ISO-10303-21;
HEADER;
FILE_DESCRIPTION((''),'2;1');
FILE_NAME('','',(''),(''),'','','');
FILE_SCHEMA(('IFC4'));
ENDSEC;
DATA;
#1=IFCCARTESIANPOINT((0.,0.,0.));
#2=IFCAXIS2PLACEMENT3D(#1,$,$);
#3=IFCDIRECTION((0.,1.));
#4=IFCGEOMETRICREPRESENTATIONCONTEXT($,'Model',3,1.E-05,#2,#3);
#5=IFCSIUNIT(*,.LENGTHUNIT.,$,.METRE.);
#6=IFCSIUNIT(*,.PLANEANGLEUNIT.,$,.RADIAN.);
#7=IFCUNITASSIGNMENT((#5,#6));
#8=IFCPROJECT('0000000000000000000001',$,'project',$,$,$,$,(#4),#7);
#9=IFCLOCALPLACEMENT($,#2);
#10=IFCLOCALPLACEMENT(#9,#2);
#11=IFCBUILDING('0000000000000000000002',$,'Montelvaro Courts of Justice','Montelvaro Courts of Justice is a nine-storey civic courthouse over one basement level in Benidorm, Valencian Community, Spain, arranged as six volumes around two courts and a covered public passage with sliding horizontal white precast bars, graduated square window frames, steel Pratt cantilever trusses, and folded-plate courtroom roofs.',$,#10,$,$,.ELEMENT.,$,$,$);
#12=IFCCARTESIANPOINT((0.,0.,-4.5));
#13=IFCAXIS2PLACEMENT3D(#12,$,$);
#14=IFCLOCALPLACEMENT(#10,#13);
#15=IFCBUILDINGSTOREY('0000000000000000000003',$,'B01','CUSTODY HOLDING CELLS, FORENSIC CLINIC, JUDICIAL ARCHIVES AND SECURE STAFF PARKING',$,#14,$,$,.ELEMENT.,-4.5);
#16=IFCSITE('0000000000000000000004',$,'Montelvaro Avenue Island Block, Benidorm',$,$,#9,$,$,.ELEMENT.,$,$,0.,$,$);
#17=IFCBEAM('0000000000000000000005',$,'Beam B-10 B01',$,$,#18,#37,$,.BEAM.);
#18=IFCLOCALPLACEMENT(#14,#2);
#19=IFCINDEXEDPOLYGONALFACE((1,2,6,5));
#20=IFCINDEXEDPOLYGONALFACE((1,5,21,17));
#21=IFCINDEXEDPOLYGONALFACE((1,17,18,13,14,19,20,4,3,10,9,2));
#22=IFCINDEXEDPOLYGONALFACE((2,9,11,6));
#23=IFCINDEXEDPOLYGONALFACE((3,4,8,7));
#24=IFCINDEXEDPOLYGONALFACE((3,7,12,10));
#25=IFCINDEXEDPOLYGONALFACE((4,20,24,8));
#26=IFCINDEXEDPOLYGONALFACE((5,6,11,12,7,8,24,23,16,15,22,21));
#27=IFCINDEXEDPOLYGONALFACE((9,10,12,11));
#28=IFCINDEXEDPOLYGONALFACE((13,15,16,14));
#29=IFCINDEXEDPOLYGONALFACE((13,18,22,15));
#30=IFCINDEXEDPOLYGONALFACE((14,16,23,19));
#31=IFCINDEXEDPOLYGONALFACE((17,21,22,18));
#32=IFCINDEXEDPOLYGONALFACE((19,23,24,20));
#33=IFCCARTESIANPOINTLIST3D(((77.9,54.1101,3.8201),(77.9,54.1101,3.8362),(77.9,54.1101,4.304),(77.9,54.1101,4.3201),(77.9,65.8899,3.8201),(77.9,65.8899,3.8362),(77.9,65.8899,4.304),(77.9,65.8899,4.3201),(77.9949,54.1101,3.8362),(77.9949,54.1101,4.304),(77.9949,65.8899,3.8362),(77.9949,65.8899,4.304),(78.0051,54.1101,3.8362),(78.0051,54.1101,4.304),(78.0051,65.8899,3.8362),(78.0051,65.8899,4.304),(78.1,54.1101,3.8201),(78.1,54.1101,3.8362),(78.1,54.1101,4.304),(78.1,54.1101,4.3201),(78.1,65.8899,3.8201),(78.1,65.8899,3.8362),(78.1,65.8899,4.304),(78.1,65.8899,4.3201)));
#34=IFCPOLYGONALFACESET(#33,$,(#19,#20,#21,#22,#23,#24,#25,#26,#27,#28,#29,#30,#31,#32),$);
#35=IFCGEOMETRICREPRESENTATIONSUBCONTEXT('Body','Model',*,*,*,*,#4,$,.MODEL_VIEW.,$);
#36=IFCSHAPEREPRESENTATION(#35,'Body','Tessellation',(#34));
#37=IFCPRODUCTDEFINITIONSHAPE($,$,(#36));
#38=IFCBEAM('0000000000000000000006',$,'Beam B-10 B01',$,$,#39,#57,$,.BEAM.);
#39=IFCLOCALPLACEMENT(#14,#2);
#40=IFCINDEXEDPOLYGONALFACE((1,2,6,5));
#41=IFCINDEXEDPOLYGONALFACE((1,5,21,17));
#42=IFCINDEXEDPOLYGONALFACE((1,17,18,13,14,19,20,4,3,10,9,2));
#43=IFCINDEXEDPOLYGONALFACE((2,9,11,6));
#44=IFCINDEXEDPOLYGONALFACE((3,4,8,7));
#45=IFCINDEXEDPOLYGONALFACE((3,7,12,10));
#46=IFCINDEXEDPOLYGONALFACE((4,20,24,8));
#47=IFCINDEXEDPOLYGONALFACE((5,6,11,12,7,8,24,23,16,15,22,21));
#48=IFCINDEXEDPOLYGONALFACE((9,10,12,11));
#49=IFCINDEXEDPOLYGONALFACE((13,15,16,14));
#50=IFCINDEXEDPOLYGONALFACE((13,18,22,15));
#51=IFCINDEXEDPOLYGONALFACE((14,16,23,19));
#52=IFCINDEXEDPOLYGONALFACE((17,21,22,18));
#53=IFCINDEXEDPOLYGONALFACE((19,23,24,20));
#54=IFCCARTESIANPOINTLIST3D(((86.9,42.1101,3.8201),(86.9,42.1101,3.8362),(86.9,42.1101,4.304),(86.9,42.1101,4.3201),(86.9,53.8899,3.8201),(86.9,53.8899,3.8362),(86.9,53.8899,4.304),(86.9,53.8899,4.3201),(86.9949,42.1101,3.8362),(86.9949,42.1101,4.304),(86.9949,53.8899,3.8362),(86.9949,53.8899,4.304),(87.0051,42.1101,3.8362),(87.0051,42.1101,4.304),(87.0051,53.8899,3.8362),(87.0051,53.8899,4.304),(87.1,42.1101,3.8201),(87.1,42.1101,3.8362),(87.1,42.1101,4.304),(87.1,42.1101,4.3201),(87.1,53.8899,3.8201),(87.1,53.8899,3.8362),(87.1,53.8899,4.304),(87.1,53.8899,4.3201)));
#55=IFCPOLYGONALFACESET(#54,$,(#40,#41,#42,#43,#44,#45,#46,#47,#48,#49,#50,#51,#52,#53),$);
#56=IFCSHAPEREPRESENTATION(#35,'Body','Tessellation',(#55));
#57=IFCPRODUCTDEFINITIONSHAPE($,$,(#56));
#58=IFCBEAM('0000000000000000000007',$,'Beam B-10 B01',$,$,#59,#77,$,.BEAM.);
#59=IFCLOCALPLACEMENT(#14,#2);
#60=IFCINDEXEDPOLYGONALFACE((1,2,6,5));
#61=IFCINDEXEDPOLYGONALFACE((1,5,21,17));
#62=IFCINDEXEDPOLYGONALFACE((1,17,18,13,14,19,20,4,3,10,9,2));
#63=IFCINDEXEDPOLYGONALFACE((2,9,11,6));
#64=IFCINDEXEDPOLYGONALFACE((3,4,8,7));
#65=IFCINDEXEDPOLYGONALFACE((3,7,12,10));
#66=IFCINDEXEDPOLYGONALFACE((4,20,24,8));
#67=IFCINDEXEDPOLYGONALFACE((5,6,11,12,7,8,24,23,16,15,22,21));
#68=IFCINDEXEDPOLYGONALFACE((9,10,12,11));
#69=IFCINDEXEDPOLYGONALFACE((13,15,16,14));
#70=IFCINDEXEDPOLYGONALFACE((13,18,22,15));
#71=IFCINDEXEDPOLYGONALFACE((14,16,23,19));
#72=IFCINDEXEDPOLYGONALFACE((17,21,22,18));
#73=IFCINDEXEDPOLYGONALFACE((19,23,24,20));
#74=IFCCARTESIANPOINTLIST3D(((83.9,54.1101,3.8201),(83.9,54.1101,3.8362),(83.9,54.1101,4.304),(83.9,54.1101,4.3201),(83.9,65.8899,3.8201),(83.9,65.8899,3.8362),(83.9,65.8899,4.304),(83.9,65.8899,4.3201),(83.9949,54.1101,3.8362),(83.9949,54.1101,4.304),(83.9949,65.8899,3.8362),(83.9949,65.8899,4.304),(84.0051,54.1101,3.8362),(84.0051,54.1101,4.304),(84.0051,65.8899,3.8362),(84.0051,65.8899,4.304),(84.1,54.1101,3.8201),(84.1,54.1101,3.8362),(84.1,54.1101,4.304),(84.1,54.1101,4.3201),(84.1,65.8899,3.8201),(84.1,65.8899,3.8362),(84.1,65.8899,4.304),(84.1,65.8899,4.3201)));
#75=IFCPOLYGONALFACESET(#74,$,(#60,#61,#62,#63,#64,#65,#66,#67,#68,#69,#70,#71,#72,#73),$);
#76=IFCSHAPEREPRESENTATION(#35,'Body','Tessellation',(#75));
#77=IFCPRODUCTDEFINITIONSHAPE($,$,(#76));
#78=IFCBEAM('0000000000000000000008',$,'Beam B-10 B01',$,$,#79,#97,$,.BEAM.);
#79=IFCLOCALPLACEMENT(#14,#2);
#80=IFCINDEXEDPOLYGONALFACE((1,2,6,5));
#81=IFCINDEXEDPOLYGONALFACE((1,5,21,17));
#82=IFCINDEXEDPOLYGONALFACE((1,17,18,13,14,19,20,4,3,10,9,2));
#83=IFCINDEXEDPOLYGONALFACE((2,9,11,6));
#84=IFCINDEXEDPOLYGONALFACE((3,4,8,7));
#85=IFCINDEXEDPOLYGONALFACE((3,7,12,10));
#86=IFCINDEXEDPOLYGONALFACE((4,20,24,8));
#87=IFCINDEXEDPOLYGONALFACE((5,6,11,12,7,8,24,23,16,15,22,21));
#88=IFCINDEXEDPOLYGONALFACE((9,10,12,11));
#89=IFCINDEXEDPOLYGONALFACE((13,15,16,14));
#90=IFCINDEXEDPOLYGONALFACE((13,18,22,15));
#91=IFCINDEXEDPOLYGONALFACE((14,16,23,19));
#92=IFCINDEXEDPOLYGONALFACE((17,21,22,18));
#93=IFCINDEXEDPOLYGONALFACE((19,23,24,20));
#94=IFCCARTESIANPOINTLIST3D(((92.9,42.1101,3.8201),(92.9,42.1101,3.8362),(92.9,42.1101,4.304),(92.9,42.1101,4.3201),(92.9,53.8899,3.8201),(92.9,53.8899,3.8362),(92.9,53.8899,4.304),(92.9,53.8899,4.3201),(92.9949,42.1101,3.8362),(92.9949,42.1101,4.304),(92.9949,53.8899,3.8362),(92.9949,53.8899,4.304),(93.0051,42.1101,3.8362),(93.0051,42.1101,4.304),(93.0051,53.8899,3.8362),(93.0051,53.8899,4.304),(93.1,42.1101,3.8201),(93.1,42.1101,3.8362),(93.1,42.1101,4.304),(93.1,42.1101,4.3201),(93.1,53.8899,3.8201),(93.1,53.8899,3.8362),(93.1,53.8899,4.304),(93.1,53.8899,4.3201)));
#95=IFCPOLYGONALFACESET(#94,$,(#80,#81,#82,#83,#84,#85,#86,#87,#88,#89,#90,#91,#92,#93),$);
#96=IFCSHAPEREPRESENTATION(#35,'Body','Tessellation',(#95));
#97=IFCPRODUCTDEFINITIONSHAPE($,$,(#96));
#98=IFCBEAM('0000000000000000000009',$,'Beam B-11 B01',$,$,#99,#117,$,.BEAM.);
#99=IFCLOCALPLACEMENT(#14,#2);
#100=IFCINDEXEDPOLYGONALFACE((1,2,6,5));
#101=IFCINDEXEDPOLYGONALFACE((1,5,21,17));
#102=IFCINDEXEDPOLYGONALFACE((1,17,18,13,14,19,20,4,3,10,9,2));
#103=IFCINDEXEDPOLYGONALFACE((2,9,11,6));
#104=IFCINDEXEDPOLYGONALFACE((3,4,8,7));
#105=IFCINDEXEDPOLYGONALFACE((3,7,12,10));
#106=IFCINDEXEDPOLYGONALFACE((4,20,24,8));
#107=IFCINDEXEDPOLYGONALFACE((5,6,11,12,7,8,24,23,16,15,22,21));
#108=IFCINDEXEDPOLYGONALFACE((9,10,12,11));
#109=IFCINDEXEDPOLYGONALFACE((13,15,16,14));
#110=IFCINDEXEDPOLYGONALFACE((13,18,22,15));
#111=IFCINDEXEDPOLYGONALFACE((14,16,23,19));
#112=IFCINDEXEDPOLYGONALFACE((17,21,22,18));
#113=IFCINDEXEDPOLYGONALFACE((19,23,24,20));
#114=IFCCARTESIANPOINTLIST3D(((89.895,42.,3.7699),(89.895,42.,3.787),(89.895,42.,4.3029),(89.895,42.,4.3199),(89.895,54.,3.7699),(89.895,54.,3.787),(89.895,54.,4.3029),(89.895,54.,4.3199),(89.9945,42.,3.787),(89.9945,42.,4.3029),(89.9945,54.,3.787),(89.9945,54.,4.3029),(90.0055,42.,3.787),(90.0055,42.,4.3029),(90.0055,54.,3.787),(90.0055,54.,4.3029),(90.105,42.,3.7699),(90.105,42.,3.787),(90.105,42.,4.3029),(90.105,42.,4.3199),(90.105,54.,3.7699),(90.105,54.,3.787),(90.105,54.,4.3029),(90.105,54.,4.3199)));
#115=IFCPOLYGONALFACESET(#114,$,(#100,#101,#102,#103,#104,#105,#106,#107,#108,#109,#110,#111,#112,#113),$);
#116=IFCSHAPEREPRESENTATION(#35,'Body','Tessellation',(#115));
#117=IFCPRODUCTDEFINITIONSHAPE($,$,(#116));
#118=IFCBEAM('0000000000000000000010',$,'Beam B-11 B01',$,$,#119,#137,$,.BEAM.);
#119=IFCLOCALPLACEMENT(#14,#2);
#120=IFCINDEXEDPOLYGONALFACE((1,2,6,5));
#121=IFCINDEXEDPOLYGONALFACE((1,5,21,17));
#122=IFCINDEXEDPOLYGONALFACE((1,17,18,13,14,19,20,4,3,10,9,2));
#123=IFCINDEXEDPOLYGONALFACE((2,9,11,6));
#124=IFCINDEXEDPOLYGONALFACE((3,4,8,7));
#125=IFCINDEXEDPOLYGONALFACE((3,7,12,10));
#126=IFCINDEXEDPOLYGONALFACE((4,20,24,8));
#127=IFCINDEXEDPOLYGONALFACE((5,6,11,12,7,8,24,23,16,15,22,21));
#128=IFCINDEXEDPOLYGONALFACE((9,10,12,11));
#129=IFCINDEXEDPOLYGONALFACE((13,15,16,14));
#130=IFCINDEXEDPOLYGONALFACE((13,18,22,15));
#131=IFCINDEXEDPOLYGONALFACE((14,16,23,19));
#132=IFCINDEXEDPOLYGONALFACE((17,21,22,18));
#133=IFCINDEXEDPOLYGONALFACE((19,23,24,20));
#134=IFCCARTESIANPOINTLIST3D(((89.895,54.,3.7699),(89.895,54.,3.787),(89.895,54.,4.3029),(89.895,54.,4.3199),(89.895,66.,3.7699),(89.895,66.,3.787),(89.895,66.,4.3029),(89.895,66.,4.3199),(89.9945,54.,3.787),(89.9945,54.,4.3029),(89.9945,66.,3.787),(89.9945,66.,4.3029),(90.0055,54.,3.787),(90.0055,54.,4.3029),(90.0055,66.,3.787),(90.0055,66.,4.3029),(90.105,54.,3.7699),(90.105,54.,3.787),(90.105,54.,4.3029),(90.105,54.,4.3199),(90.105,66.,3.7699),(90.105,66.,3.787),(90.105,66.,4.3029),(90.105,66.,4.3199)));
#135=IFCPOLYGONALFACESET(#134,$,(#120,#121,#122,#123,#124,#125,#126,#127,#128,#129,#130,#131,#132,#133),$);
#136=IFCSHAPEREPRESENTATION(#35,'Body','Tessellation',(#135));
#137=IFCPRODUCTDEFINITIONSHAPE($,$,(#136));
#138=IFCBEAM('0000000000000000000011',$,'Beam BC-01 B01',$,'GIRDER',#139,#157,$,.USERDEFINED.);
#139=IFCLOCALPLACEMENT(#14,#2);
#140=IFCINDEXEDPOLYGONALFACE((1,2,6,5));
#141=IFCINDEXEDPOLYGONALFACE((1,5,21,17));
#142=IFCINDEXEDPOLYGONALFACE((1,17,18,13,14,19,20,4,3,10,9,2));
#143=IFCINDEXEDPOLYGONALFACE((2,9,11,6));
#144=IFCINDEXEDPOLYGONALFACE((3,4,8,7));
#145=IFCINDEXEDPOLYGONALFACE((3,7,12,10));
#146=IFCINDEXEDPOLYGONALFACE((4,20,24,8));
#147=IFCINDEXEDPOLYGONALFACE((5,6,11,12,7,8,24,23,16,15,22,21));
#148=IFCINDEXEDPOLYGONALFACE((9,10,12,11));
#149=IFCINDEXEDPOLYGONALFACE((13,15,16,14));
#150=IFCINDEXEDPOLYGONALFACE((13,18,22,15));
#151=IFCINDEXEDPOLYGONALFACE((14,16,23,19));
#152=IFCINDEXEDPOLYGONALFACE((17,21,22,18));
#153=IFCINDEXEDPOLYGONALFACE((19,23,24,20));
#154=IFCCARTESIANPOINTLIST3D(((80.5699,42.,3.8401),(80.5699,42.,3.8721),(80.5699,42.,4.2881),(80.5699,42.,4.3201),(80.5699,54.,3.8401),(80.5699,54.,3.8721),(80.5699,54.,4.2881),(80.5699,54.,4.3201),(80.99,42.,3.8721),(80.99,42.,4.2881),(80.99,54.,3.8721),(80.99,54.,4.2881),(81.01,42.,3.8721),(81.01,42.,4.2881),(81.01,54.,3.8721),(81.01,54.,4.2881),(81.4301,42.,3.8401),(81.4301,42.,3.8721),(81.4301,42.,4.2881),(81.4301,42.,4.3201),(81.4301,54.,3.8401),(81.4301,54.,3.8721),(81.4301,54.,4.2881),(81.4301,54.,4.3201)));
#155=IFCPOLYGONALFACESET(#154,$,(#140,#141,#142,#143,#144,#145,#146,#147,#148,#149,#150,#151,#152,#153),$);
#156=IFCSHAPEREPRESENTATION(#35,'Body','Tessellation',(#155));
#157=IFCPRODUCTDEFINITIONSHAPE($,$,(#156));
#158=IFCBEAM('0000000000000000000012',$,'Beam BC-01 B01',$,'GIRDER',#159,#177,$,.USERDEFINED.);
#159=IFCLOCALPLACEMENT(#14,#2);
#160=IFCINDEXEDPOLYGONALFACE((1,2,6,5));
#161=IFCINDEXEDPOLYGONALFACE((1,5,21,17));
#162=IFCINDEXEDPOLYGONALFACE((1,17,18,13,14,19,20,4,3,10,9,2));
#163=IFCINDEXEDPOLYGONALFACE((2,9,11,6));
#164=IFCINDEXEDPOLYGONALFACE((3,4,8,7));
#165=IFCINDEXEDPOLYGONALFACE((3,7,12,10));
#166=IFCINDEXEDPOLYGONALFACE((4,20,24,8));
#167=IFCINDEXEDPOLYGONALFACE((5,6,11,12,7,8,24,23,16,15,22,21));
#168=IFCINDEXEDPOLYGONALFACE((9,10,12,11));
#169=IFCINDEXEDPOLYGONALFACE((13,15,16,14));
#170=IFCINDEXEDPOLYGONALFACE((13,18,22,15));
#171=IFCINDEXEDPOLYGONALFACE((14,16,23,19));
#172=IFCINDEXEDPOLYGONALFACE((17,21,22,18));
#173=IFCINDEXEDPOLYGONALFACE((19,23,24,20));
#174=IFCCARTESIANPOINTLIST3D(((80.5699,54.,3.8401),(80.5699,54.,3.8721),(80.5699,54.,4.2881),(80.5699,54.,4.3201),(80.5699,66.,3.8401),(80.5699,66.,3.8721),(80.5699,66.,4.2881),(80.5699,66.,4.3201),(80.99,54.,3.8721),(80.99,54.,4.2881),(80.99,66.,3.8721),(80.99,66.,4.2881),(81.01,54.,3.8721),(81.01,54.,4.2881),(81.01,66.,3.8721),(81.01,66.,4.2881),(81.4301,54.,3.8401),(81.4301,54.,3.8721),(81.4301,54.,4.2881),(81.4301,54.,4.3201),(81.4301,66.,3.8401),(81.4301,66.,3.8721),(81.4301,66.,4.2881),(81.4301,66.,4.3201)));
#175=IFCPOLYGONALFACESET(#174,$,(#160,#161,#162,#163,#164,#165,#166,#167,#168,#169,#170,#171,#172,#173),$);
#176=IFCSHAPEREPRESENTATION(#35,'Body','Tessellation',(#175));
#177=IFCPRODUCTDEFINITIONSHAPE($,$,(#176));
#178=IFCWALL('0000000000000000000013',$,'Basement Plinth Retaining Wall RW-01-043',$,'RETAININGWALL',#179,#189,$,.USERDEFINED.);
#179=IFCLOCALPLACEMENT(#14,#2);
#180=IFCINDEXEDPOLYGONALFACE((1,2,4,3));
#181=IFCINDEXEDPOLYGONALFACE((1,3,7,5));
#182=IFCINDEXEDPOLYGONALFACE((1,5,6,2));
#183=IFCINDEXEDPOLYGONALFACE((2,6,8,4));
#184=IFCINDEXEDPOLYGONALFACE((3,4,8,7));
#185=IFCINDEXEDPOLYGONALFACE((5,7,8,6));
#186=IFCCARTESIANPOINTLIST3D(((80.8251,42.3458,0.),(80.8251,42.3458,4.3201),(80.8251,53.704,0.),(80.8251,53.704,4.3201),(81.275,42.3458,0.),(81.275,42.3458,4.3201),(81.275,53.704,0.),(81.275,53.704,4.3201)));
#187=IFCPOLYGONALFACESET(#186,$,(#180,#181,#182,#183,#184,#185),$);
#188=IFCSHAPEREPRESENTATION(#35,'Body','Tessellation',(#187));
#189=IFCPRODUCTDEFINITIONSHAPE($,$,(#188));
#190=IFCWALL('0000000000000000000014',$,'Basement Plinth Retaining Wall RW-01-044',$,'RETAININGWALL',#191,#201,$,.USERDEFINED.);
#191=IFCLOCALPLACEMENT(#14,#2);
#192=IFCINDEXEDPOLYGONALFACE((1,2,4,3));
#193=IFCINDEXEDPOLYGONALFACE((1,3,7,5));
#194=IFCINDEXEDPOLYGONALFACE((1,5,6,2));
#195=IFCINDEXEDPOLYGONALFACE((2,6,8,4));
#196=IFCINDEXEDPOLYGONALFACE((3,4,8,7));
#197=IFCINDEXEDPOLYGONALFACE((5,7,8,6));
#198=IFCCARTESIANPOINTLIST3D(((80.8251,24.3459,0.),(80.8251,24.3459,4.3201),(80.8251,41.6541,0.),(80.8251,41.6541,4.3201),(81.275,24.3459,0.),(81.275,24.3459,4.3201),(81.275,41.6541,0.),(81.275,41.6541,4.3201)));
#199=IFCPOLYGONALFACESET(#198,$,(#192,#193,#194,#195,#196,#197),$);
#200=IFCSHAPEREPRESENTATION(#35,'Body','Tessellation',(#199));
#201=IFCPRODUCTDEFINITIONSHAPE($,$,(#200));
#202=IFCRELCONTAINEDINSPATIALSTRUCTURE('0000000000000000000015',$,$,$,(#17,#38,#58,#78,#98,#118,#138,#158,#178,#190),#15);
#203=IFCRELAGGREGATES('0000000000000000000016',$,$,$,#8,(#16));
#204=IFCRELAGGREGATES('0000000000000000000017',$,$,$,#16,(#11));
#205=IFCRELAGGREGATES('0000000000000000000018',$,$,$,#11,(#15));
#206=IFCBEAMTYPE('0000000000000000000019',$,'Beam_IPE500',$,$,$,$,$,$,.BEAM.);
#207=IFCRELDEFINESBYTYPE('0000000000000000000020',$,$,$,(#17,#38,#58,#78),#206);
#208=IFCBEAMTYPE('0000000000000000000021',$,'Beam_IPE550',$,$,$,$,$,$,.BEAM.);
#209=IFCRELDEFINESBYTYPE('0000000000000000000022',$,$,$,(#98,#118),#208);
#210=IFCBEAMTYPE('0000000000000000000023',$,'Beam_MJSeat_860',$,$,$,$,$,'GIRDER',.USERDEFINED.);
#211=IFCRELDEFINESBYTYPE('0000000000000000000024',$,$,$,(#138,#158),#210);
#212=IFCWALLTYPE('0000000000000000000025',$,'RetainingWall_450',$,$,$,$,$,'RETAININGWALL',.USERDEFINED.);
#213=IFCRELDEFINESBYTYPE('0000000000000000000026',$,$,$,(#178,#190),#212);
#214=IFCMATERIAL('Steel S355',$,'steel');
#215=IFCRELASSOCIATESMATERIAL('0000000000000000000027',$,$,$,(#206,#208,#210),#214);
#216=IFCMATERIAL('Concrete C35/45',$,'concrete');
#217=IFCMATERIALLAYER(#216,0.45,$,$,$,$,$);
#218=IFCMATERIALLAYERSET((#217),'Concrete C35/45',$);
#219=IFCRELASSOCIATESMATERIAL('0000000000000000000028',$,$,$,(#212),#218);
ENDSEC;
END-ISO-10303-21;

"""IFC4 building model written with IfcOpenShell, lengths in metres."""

from ifc_helpers import new_model, si_unit, direction, frame, frame_2d, origin, origin_2d, place, context, subcontext, project, spatial, rectangle, i_section, extrude, material, layer, layer_set, material_profile, profile_set, type_object, element, save


model = new_model("IFC4")

# Units and contexts
model_context = context("Model", 3, precision=1e-05, world=origin(), true_north=direction((0.0, 1.0)))
body_context = subcontext(model_context, "Body", "Model", "MODEL_VIEW")
ifc_project = project(units=[si_unit("LENGTHUNIT", "METRE"), si_unit("PLANEANGLEUNIT", "RADIAN")], contexts=[model_context])

# Site, building, storey
site_placement = place(None, origin())
site = spatial("IfcSite", under=ifc_project, at=site_placement, Name="Montelvaro Avenue Island Block, Benidorm", CompositionType="ELEMENT", RefElevation=0.0)
building_placement = place(site_placement, origin())
building = spatial("IfcBuilding", under=site, at=building_placement, Name="Montelvaro Courts of Justice", Description="Montelvaro Courts of Justice is a nine-storey civic courthouse over one basement level in Benidorm, Valencian Community, Spain, arranged as six volumes around two courts and a covered public passage with sliding horizontal white precast bars, graduated square window frames, steel Pratt cantilever trusses, and folded-plate courtroom roofs.", CompositionType="ELEMENT")
storey_placement = place(building_placement, frame((0.0, 0.0, -4.5)))
storey = spatial("IfcBuildingStorey", under=building, at=storey_placement, Name="B01", Description="CUSTODY HOLDING CELLS, FORENSIC CLINIC, JUDICIAL ARCHIVES AND SECURE STAFF PARKING", CompositionType="ELEMENT", Elevation=-4.5)

# Shared definitions
ifc_material_1 = material(Name="Concrete C35/45", Category="concrete")

# Beams
ifc_material_2 = material(Name="Steel S355", Category="steel")
ifc_material_profile_1 = material_profile(ifc_material_2, i_section(OverallWidth=0.2, OverallDepth=0.5, WebThickness=0.0103, FlangeThickness=0.0161, at=origin_2d()), Name="IPE 500")
ifc_profile_set_1 = profile_set([ifc_material_profile_1], Name="Steel S355")
beam_type_1 = type_object("IfcBeamType", Name="Beam_IPE500", PredefinedType="BEAM", material=ifc_profile_set_1)
for number, where, z_axis, x_axis, name in (
    (1, (78.0, 54.1101, 4.0701), (0.0, 1.0, 0.0), (-1.0, 0.0, 0.0), "Beam B-10 B01"),
    (2, (87.0, 42.1101, 4.0701), (0.0, 1.0, 0.0), (-1.0, 0.0, 0.0), "Beam B-10 B01"),
    (3, (84.0, 54.1101, 4.0701), (0.0, 1.0, 0.0), (-1.0, 0.0, 0.0), "Beam B-10 B01"),
    (4, (93.0, 42.1101, 4.0701), (0.0, 1.0, 0.0), (-1.0, 0.0, 0.0), "Beam B-10 B01"),
):
    element("IfcBeam", number, at=place(storey_placement, frame(where, z_axis=z_axis, x_axis=x_axis)), inside=storey, type_object=beam_type_1, Name=name, PredefinedType="BEAM", context=body_context, shape_type="SweptSolid", body=[
        extrude(i_section(OverallWidth=0.2, OverallDepth=0.5, WebThickness=0.0103, FlangeThickness=0.0161, at=origin_2d()), origin(), (0.0, 0.0, 1.0), 11.7798),
    ])
ifc_material_profile_2 = material_profile(ifc_material_2, i_section(OverallWidth=0.21, OverallDepth=0.55, WebThickness=0.011, FlangeThickness=0.0171, at=origin_2d()), Name="IPE 550")
ifc_profile_set_2 = profile_set([ifc_material_profile_2], Name="Steel S355")
beam_type_2 = type_object("IfcBeamType", Name="Beam_IPE550", PredefinedType="BEAM", material=ifc_profile_set_2)
for number, where, z_axis, x_axis, name in (
    (5, (90.0, 42.0, 4.0449), (0.0, 1.0, 0.0), (-1.0, 0.0, 0.0), "Beam B-11 B01"),
    (6, (90.0, 54.0, 4.0449), (0.0, 1.0, 0.0), (-1.0, 0.0, 0.0), "Beam B-11 B01"),
):
    element("IfcBeam", number, at=place(storey_placement, frame(where, z_axis=z_axis, x_axis=x_axis)), inside=storey, type_object=beam_type_2, Name=name, PredefinedType="BEAM", context=body_context, shape_type="SweptSolid", body=[
        extrude(i_section(OverallWidth=0.21, OverallDepth=0.55, WebThickness=0.011, FlangeThickness=0.0171, at=origin_2d()), origin(), (0.0, 0.0, 1.0), 12.0),
    ])
ifc_material_profile_3 = material_profile(ifc_material_2, i_section(OverallWidth=0.8601, OverallDepth=0.48, WebThickness=0.02, FlangeThickness=0.032, at=origin_2d()), Name="HL 480x860")
ifc_profile_set_3 = profile_set([ifc_material_profile_3], Name="Steel S355")
beam_type_3 = type_object("IfcBeamType", Name="Beam_MJSeat_860", ElementType="GIRDER", PredefinedType="USERDEFINED", material=ifc_profile_set_3)
for number, where, z_axis, x_axis, name in (
    (7, (81.0, 42.0, 4.0801), (0.0, 1.0, 0.0), (-1.0, 0.0, 0.0), "Beam BC-01 B01"),
    (8, (81.0, 54.0, 4.0801), (0.0, 1.0, 0.0), (-1.0, 0.0, 0.0), "Beam BC-01 B01"),
):
    element("IfcBeam", number, at=place(storey_placement, frame(where, z_axis=z_axis, x_axis=x_axis)), inside=storey, type_object=beam_type_3, Name=name, ObjectType="GIRDER", PredefinedType="USERDEFINED", context=body_context, shape_type="SweptSolid", body=[
        extrude(i_section(OverallWidth=0.8601, OverallDepth=0.48, WebThickness=0.02, FlangeThickness=0.032, at=origin_2d()), origin(), (0.0, 0.0, 1.0), 12.0),
    ])

# Walls
ifc_layer = layer(ifc_material_1, 0.45)
ifc_layer_set = layer_set([ifc_layer], Name="Concrete C35/45")
wall_type = type_object("IfcWallType", Name="RetainingWall_450", ElementType="RETAININGWALL", PredefinedType="USERDEFINED", material=ifc_layer_set)
wall_1_placement = place(storey_placement, frame((81.05, 53.7041, 0.0), z_axis=(0.0, 0.0, 1.0), x_axis=(0.0, -1.0, 0.0)))
element("IfcWall", 9, at=wall_1_placement, inside=storey, type_object=wall_type, Name="Basement Plinth Retaining Wall RW-01-043", ObjectType="RETAININGWALL", PredefinedType="USERDEFINED", context=body_context, shape_type="SweptSolid", body=[
    extrude(rectangle(XDim=11.3582, YDim=0.45, at=frame_2d((5.6792, 0.0))), origin(), (0.0, 0.0, 1.0), 4.3201),
])
wall_2_placement = place(storey_placement, frame((81.05, 41.6541, 0.0), z_axis=(0.0, 0.0, 1.0), x_axis=(0.0, -1.0, 0.0)))
element("IfcWall", 10, at=wall_2_placement, inside=storey, type_object=wall_type, Name="Basement Plinth Retaining Wall RW-01-044", ObjectType="RETAININGWALL", PredefinedType="USERDEFINED", context=body_context, shape_type="SweptSolid", body=[
    extrude(rectangle(XDim=17.3081, YDim=0.45, at=frame_2d((8.6541, 0.0))), origin(), (0.0, 0.0, 1.0), 4.3201),
])

save(model, "model.ifc")
